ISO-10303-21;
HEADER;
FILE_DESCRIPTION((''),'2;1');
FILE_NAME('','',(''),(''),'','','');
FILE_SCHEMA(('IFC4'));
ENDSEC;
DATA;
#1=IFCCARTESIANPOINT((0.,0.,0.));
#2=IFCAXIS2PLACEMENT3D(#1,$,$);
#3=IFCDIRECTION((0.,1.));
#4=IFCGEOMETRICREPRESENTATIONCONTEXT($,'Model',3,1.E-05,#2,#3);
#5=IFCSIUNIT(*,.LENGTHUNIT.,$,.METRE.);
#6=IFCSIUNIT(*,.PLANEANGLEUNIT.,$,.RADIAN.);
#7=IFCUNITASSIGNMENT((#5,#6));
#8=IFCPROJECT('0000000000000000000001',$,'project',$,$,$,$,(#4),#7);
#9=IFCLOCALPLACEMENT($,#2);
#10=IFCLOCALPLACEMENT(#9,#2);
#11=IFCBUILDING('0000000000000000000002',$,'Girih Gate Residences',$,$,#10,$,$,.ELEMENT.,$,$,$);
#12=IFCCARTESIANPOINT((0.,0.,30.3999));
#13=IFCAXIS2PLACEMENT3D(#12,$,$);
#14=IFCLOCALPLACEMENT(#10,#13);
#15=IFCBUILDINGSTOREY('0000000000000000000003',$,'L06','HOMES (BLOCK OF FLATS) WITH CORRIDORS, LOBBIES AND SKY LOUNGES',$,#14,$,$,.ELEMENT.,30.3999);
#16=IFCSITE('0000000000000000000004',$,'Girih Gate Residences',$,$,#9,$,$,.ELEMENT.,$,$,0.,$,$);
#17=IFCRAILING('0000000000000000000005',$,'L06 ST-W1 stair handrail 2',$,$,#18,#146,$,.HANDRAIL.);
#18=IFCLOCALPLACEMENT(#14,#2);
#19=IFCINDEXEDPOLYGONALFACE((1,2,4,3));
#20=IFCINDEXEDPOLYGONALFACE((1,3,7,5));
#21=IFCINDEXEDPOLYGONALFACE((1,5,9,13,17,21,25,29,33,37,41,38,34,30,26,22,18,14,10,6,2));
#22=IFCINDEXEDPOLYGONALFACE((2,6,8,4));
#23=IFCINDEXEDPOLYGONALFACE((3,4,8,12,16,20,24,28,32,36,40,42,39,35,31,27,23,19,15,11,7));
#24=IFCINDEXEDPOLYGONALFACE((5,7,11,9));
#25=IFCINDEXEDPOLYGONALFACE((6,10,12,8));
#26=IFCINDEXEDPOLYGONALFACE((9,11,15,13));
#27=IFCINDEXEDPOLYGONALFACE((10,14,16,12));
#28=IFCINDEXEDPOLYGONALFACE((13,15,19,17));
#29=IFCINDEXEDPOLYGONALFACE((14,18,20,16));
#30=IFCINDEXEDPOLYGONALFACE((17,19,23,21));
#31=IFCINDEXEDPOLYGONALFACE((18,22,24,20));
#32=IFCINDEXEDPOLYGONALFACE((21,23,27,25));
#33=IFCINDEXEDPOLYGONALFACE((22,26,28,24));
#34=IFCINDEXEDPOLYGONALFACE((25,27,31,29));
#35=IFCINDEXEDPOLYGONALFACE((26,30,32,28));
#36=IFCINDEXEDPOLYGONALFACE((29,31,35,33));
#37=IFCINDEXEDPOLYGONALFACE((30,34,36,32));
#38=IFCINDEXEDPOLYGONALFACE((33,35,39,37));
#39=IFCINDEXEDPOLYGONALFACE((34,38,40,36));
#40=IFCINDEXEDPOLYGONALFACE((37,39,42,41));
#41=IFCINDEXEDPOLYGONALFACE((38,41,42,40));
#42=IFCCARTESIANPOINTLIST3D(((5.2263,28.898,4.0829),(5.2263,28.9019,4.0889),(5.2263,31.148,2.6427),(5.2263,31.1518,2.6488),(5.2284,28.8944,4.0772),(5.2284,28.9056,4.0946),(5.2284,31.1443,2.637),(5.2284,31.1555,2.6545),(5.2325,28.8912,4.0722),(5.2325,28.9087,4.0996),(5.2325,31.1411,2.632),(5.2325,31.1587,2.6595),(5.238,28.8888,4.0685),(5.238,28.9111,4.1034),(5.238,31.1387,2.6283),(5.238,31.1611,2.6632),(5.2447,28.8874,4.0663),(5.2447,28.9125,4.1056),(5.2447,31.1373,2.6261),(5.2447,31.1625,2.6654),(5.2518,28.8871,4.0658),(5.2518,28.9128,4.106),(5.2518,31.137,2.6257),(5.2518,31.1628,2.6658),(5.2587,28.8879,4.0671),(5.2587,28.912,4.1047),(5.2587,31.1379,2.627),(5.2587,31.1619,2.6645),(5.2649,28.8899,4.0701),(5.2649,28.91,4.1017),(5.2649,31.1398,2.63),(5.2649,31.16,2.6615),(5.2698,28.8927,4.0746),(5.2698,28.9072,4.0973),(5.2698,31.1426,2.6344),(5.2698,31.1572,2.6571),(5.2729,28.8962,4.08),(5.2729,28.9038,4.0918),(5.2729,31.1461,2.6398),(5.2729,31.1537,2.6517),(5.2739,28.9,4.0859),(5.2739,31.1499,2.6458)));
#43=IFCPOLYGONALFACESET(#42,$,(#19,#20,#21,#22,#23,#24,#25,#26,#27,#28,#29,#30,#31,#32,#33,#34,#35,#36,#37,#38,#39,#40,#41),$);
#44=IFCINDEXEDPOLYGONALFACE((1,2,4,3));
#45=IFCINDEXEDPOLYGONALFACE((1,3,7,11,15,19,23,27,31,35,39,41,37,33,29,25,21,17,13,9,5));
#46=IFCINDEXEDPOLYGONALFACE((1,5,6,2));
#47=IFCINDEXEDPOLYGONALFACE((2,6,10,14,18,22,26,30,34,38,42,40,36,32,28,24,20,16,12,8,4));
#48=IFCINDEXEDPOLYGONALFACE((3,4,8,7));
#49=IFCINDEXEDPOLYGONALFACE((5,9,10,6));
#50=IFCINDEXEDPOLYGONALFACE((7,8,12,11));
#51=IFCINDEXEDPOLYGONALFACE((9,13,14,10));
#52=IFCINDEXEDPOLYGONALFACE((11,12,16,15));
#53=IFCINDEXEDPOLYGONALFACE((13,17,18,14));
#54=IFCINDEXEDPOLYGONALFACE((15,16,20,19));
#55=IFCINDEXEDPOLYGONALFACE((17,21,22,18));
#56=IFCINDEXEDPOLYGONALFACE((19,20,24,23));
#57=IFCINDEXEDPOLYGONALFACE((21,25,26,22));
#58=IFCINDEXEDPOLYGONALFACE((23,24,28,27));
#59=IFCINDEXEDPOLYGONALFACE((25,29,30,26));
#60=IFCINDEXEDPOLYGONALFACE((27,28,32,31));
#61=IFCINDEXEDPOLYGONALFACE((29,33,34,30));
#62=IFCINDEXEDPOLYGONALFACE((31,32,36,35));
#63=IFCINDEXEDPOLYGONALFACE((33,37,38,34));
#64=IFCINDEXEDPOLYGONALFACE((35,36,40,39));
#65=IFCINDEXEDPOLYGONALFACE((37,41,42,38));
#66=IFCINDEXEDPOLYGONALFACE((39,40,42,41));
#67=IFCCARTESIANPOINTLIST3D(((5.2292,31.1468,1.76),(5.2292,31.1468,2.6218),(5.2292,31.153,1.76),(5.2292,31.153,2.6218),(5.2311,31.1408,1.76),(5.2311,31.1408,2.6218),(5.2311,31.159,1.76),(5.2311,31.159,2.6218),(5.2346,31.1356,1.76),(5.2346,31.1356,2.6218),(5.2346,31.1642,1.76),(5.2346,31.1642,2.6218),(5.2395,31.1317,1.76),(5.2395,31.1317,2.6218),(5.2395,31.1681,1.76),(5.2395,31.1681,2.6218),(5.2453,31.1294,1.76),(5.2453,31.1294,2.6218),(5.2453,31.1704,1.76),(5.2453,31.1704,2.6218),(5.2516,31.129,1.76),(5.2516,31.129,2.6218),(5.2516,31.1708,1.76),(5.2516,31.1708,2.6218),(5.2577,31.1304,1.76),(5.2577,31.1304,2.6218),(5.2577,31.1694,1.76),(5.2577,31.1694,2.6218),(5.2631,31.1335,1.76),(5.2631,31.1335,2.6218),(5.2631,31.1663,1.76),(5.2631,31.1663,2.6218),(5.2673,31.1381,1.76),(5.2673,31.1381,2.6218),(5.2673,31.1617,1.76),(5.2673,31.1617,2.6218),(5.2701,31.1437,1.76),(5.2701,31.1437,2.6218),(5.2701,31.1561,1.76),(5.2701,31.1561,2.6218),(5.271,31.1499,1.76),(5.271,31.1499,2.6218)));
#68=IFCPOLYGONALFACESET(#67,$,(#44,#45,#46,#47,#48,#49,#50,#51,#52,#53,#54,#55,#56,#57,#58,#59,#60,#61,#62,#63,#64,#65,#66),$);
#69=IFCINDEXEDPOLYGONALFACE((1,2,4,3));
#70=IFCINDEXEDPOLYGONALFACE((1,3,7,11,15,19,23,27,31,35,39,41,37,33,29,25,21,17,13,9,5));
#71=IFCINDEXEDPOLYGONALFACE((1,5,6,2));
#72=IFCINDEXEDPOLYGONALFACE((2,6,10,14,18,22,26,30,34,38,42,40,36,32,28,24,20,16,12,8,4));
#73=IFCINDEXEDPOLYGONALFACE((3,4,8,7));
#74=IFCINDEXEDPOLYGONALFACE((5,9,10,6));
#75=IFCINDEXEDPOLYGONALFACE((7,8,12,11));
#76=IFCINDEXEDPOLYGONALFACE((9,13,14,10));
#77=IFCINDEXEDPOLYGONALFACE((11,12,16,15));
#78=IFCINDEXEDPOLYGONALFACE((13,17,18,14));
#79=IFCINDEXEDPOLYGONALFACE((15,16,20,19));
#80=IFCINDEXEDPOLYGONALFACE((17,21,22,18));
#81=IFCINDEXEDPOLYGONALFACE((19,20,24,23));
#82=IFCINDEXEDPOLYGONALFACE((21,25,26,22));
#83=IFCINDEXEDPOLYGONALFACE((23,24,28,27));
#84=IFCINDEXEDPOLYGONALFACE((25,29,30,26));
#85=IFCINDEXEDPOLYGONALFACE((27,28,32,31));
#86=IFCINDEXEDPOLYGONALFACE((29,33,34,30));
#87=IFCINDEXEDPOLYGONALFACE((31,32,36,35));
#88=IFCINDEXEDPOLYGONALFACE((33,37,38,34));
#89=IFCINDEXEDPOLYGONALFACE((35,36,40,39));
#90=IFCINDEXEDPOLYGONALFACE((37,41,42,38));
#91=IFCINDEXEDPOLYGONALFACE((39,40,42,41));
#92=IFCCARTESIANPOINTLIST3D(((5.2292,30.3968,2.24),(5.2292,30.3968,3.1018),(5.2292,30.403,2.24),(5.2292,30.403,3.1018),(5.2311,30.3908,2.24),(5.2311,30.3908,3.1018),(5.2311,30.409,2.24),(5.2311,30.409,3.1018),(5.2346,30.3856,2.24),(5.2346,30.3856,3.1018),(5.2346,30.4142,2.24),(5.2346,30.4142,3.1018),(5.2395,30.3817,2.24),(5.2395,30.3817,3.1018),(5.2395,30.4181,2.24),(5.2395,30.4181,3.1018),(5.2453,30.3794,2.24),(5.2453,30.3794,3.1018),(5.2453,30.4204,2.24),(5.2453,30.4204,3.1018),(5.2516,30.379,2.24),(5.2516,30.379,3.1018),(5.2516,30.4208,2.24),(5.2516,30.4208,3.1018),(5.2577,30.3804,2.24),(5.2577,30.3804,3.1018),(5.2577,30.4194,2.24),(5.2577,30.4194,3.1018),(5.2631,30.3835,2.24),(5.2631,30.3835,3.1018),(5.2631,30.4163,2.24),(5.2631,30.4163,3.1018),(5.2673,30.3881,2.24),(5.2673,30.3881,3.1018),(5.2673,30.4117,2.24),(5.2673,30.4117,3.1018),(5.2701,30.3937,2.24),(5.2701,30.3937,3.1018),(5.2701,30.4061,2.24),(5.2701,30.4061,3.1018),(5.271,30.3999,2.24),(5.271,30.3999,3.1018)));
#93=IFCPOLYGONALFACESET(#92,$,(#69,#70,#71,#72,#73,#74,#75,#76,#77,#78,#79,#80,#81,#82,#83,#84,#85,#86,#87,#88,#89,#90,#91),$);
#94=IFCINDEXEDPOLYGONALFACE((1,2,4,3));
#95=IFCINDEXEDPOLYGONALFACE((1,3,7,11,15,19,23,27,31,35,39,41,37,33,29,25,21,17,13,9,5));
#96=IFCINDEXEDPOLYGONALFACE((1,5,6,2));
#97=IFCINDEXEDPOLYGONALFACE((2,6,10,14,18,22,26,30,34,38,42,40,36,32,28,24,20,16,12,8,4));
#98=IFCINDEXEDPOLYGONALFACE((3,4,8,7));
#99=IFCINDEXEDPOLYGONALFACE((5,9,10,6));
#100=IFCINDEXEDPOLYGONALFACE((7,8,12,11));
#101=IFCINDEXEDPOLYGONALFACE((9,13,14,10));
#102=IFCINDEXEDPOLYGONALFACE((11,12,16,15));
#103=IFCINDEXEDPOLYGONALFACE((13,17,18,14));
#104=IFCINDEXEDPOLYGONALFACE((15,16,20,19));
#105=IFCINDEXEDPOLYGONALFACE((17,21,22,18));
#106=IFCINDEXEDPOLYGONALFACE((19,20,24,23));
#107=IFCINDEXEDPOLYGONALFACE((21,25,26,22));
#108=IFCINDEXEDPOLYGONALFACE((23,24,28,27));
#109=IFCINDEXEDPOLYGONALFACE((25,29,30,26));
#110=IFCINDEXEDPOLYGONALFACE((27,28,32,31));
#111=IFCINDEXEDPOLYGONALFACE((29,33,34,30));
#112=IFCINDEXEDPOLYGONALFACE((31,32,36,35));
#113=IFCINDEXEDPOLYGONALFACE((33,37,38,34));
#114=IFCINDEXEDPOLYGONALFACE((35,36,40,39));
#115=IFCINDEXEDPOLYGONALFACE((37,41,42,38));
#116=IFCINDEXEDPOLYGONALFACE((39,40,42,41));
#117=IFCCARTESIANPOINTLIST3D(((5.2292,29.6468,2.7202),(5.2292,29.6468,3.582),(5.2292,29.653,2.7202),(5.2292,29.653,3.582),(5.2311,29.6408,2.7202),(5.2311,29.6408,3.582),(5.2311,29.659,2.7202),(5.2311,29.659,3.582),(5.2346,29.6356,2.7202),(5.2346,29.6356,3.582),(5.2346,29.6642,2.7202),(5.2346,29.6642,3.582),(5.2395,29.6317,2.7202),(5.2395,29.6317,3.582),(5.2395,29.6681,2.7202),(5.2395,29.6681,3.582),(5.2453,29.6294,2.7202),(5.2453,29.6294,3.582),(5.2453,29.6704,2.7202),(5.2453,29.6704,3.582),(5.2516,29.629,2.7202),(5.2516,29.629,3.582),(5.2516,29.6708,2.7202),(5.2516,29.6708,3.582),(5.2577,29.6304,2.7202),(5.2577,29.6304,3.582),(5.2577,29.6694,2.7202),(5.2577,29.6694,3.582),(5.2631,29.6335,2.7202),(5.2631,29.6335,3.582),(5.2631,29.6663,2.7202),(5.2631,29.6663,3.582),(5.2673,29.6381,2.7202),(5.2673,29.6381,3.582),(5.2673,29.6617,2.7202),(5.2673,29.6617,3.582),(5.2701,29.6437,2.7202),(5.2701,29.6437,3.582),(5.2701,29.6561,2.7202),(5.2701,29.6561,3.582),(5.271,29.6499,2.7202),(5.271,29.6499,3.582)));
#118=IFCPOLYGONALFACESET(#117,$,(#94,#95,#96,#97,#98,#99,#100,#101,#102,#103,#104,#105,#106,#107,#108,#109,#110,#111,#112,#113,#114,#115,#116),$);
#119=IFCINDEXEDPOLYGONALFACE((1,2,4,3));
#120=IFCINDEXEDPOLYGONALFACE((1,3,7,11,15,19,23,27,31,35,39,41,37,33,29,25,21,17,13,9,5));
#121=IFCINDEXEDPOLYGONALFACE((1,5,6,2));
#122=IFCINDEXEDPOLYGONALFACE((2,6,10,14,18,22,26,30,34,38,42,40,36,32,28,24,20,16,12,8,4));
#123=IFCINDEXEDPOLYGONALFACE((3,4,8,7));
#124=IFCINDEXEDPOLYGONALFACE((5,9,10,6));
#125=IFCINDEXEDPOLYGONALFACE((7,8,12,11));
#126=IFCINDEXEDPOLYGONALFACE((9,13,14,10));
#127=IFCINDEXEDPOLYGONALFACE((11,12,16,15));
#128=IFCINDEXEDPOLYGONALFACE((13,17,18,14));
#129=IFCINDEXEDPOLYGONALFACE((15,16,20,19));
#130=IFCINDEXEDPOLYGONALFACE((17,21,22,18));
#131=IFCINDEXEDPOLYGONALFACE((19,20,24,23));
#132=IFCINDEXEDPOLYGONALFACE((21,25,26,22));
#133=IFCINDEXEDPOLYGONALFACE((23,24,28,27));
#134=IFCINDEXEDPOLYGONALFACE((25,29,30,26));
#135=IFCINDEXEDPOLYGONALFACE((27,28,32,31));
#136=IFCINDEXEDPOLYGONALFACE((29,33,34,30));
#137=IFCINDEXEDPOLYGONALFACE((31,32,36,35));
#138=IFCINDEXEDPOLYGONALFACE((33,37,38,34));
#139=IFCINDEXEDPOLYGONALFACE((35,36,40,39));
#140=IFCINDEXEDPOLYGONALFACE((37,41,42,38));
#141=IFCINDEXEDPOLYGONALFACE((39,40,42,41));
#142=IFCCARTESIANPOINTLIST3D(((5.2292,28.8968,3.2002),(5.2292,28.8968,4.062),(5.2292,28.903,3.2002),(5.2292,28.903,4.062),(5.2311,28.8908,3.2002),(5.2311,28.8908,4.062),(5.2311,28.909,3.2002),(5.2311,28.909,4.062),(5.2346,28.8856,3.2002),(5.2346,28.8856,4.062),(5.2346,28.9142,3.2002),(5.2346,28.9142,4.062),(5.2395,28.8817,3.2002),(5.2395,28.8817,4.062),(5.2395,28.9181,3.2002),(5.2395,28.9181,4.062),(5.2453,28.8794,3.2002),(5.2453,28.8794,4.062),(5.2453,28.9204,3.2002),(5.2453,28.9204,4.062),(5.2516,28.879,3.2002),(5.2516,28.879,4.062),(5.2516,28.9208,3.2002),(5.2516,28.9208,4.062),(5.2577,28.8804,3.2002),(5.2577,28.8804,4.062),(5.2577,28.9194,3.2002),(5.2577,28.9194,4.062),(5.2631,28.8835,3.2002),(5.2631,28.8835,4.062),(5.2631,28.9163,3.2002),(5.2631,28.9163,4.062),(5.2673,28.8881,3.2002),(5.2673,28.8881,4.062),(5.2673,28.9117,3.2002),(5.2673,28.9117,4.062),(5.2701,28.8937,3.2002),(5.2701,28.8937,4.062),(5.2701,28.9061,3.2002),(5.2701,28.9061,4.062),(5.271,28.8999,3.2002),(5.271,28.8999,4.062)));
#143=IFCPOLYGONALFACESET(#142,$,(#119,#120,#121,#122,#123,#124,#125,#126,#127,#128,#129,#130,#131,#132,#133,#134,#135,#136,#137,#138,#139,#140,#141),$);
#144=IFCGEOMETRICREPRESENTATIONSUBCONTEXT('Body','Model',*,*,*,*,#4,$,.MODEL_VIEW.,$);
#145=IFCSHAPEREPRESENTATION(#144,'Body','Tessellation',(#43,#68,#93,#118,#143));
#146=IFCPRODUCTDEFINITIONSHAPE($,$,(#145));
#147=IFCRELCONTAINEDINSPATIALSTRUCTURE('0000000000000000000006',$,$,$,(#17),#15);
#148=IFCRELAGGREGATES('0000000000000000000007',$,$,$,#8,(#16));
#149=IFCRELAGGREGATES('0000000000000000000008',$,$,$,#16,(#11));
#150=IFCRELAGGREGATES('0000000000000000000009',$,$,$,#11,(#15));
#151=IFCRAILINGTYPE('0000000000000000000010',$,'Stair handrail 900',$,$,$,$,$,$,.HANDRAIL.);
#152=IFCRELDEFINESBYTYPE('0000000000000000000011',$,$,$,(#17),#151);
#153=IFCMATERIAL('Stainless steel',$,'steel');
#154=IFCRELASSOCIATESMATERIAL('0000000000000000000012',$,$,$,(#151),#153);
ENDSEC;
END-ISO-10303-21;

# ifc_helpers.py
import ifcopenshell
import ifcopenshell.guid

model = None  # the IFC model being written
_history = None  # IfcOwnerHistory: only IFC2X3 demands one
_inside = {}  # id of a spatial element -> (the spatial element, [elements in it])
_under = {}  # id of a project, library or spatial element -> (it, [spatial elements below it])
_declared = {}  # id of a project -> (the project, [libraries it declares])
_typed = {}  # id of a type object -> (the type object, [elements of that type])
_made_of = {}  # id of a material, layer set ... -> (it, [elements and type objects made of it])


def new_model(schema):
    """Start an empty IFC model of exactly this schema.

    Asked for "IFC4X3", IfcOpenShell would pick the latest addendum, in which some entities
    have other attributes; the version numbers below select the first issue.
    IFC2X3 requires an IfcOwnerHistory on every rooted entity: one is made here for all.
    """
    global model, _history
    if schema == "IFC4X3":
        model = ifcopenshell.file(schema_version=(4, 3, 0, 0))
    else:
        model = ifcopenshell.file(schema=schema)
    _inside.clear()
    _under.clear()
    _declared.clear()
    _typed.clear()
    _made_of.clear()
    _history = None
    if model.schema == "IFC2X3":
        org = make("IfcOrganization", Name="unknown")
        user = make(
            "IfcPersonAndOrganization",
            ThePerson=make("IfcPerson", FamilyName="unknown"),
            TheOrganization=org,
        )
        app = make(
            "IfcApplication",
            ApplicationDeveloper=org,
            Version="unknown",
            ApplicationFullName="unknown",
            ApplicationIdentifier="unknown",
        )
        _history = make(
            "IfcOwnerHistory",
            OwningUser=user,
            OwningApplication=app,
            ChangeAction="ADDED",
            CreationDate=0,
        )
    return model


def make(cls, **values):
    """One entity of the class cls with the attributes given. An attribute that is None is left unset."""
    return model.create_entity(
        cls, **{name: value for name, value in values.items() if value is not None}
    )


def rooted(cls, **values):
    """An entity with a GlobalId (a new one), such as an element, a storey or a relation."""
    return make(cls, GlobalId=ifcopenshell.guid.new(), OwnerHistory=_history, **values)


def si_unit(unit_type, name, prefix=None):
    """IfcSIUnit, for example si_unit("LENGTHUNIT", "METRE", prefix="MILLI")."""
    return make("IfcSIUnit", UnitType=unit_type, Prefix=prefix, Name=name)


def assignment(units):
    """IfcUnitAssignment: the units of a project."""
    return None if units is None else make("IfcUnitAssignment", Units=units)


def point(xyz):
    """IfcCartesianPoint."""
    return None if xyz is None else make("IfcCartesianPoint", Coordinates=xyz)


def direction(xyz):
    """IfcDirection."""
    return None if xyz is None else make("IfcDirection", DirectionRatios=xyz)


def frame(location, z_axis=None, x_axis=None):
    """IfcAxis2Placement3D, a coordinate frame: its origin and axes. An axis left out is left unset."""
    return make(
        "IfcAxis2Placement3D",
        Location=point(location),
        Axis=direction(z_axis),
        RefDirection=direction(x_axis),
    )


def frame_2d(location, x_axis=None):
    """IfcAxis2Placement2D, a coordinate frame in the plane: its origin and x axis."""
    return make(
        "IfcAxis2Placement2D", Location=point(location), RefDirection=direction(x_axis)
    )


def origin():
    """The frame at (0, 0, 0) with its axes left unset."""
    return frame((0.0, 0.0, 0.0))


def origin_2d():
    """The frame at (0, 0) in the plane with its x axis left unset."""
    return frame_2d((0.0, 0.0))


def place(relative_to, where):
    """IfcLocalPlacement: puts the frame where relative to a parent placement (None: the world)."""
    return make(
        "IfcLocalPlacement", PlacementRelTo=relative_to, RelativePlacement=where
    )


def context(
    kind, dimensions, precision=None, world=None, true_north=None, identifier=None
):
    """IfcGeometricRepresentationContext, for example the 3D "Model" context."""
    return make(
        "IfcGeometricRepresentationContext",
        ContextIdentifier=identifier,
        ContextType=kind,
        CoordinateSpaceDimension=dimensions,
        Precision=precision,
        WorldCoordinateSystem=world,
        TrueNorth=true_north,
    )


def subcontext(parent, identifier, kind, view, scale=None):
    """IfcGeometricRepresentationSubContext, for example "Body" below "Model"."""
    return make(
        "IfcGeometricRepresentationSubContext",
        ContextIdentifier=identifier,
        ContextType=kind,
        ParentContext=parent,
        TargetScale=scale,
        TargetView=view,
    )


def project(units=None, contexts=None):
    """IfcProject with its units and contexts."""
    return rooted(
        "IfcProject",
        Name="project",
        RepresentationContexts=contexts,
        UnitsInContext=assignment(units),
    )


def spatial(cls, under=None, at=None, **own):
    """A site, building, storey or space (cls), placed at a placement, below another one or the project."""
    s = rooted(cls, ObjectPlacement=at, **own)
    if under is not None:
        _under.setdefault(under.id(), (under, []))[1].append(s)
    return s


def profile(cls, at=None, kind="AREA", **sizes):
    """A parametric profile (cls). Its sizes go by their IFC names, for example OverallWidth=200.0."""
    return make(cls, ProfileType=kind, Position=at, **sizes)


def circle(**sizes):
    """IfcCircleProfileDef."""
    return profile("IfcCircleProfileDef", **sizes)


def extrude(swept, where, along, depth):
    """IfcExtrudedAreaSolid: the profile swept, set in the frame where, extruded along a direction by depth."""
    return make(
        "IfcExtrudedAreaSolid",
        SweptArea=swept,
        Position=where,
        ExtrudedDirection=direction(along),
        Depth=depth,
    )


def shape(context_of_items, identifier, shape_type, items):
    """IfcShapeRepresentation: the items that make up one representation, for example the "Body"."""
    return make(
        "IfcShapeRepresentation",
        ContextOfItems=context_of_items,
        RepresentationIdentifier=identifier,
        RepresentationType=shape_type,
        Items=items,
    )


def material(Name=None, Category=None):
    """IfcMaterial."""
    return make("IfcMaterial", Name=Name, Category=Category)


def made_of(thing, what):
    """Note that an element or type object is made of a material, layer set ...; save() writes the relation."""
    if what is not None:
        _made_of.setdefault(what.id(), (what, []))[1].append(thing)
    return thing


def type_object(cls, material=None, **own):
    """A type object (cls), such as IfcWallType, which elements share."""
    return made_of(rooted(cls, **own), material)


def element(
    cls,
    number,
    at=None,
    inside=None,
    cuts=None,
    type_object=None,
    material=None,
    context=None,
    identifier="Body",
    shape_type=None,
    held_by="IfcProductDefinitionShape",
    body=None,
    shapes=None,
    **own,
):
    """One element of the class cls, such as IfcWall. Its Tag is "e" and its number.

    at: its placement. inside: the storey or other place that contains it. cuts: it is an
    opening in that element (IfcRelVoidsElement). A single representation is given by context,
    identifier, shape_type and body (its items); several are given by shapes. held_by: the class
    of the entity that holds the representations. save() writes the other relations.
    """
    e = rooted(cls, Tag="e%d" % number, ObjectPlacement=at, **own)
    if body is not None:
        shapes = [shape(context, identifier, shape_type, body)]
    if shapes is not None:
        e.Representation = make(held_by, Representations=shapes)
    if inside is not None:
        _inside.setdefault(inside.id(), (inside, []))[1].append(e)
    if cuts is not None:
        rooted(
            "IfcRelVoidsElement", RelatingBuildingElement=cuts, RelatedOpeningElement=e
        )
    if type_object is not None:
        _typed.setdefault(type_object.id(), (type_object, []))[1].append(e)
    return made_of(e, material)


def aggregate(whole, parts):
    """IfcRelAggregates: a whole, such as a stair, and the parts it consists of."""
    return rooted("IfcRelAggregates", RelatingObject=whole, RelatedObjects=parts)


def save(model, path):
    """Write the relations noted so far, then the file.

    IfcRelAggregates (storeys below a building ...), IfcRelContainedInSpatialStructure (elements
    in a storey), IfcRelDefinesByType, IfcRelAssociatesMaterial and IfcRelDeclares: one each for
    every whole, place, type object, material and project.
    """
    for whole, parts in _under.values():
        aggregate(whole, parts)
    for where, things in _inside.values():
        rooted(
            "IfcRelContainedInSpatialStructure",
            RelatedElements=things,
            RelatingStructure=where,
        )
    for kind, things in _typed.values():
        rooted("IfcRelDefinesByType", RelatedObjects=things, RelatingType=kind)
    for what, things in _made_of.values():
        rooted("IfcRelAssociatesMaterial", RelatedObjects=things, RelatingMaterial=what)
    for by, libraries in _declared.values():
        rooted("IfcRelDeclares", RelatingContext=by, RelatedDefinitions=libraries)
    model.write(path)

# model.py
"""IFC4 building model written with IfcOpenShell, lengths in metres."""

from ifc_helpers import new_model, si_unit, direction, frame, origin, origin_2d, place, context, subcontext, project, spatial, circle, extrude, material, type_object, element, save


model = new_model("IFC4")

# Units and contexts
model_context = context("Model", 3, precision=1e-05, world=origin(), true_north=direction((0.0, 1.0)))
body_context = subcontext(model_context, "Body", "Model", "MODEL_VIEW")
ifc_project = project(units=[si_unit("LENGTHUNIT", "METRE"), si_unit("PLANEANGLEUNIT", "RADIAN")], contexts=[model_context])

# Site, building, storey
site_placement = place(None, origin())
site = spatial("IfcSite", under=ifc_project, at=site_placement, Name="Girih Gate Residences", CompositionType="ELEMENT", RefElevation=0.0)
building_placement = place(site_placement, origin())
building = spatial("IfcBuilding", under=site, at=building_placement, Name="Girih Gate Residences", CompositionType="ELEMENT")
storey_placement = place(building_placement, frame((0.0, 0.0, 30.3999)))
storey = spatial("IfcBuildingStorey", under=building, at=storey_placement, Name="L06", Description="HOMES (BLOCK OF FLATS) WITH CORRIDORS, LOBBIES AND SKY LOUNGES", CompositionType="ELEMENT", Elevation=30.3999)

# Railing
ifc_material_1 = material(Name="Stainless steel", Category="steel")
railing_type_1 = type_object("IfcRailingType", Name="Stair handrail 900", PredefinedType="HANDRAIL", material=ifc_material_1)
railing_1_placement = place(storey_placement, frame((5.25, 31.1499, 1.76)))
element("IfcRailing", 1, at=railing_1_placement, inside=storey, type_object=railing_type_1, Name="L06 ST-W1 stair handrail 2", PredefinedType="HANDRAIL", context=body_context, shape_type="SweptSolid", body=[
    extrude(circle(Radius=0.0239, at=origin_2d()), frame((0.0, 0.0, 0.8857), z_axis=(0.0, -0.84224, 0.539103), x_axis=(1.0, 0.0, 0.0)), (0.0, 0.0, 1.0), 2.6714),
    extrude(circle(Radius=0.021, at=origin_2d()), origin(), (0.0, 0.0, 1.0), 0.8618),
    extrude(circle(Radius=0.021, at=origin_2d()), frame((0.0, -0.75, 0.48)), (0.0, 0.0, 1.0), 0.8618),
    extrude(circle(Radius=0.021, at=origin_2d()), frame((0.0, -1.5, 0.9602)), (0.0, 0.0, 1.0), 0.8618),
    extrude(circle(Radius=0.021, at=origin_2d()), frame((0.0, -2.25, 1.4402)), (0.0, 0.0, 1.0), 0.8618),
])

save(model, "model.ifc")
